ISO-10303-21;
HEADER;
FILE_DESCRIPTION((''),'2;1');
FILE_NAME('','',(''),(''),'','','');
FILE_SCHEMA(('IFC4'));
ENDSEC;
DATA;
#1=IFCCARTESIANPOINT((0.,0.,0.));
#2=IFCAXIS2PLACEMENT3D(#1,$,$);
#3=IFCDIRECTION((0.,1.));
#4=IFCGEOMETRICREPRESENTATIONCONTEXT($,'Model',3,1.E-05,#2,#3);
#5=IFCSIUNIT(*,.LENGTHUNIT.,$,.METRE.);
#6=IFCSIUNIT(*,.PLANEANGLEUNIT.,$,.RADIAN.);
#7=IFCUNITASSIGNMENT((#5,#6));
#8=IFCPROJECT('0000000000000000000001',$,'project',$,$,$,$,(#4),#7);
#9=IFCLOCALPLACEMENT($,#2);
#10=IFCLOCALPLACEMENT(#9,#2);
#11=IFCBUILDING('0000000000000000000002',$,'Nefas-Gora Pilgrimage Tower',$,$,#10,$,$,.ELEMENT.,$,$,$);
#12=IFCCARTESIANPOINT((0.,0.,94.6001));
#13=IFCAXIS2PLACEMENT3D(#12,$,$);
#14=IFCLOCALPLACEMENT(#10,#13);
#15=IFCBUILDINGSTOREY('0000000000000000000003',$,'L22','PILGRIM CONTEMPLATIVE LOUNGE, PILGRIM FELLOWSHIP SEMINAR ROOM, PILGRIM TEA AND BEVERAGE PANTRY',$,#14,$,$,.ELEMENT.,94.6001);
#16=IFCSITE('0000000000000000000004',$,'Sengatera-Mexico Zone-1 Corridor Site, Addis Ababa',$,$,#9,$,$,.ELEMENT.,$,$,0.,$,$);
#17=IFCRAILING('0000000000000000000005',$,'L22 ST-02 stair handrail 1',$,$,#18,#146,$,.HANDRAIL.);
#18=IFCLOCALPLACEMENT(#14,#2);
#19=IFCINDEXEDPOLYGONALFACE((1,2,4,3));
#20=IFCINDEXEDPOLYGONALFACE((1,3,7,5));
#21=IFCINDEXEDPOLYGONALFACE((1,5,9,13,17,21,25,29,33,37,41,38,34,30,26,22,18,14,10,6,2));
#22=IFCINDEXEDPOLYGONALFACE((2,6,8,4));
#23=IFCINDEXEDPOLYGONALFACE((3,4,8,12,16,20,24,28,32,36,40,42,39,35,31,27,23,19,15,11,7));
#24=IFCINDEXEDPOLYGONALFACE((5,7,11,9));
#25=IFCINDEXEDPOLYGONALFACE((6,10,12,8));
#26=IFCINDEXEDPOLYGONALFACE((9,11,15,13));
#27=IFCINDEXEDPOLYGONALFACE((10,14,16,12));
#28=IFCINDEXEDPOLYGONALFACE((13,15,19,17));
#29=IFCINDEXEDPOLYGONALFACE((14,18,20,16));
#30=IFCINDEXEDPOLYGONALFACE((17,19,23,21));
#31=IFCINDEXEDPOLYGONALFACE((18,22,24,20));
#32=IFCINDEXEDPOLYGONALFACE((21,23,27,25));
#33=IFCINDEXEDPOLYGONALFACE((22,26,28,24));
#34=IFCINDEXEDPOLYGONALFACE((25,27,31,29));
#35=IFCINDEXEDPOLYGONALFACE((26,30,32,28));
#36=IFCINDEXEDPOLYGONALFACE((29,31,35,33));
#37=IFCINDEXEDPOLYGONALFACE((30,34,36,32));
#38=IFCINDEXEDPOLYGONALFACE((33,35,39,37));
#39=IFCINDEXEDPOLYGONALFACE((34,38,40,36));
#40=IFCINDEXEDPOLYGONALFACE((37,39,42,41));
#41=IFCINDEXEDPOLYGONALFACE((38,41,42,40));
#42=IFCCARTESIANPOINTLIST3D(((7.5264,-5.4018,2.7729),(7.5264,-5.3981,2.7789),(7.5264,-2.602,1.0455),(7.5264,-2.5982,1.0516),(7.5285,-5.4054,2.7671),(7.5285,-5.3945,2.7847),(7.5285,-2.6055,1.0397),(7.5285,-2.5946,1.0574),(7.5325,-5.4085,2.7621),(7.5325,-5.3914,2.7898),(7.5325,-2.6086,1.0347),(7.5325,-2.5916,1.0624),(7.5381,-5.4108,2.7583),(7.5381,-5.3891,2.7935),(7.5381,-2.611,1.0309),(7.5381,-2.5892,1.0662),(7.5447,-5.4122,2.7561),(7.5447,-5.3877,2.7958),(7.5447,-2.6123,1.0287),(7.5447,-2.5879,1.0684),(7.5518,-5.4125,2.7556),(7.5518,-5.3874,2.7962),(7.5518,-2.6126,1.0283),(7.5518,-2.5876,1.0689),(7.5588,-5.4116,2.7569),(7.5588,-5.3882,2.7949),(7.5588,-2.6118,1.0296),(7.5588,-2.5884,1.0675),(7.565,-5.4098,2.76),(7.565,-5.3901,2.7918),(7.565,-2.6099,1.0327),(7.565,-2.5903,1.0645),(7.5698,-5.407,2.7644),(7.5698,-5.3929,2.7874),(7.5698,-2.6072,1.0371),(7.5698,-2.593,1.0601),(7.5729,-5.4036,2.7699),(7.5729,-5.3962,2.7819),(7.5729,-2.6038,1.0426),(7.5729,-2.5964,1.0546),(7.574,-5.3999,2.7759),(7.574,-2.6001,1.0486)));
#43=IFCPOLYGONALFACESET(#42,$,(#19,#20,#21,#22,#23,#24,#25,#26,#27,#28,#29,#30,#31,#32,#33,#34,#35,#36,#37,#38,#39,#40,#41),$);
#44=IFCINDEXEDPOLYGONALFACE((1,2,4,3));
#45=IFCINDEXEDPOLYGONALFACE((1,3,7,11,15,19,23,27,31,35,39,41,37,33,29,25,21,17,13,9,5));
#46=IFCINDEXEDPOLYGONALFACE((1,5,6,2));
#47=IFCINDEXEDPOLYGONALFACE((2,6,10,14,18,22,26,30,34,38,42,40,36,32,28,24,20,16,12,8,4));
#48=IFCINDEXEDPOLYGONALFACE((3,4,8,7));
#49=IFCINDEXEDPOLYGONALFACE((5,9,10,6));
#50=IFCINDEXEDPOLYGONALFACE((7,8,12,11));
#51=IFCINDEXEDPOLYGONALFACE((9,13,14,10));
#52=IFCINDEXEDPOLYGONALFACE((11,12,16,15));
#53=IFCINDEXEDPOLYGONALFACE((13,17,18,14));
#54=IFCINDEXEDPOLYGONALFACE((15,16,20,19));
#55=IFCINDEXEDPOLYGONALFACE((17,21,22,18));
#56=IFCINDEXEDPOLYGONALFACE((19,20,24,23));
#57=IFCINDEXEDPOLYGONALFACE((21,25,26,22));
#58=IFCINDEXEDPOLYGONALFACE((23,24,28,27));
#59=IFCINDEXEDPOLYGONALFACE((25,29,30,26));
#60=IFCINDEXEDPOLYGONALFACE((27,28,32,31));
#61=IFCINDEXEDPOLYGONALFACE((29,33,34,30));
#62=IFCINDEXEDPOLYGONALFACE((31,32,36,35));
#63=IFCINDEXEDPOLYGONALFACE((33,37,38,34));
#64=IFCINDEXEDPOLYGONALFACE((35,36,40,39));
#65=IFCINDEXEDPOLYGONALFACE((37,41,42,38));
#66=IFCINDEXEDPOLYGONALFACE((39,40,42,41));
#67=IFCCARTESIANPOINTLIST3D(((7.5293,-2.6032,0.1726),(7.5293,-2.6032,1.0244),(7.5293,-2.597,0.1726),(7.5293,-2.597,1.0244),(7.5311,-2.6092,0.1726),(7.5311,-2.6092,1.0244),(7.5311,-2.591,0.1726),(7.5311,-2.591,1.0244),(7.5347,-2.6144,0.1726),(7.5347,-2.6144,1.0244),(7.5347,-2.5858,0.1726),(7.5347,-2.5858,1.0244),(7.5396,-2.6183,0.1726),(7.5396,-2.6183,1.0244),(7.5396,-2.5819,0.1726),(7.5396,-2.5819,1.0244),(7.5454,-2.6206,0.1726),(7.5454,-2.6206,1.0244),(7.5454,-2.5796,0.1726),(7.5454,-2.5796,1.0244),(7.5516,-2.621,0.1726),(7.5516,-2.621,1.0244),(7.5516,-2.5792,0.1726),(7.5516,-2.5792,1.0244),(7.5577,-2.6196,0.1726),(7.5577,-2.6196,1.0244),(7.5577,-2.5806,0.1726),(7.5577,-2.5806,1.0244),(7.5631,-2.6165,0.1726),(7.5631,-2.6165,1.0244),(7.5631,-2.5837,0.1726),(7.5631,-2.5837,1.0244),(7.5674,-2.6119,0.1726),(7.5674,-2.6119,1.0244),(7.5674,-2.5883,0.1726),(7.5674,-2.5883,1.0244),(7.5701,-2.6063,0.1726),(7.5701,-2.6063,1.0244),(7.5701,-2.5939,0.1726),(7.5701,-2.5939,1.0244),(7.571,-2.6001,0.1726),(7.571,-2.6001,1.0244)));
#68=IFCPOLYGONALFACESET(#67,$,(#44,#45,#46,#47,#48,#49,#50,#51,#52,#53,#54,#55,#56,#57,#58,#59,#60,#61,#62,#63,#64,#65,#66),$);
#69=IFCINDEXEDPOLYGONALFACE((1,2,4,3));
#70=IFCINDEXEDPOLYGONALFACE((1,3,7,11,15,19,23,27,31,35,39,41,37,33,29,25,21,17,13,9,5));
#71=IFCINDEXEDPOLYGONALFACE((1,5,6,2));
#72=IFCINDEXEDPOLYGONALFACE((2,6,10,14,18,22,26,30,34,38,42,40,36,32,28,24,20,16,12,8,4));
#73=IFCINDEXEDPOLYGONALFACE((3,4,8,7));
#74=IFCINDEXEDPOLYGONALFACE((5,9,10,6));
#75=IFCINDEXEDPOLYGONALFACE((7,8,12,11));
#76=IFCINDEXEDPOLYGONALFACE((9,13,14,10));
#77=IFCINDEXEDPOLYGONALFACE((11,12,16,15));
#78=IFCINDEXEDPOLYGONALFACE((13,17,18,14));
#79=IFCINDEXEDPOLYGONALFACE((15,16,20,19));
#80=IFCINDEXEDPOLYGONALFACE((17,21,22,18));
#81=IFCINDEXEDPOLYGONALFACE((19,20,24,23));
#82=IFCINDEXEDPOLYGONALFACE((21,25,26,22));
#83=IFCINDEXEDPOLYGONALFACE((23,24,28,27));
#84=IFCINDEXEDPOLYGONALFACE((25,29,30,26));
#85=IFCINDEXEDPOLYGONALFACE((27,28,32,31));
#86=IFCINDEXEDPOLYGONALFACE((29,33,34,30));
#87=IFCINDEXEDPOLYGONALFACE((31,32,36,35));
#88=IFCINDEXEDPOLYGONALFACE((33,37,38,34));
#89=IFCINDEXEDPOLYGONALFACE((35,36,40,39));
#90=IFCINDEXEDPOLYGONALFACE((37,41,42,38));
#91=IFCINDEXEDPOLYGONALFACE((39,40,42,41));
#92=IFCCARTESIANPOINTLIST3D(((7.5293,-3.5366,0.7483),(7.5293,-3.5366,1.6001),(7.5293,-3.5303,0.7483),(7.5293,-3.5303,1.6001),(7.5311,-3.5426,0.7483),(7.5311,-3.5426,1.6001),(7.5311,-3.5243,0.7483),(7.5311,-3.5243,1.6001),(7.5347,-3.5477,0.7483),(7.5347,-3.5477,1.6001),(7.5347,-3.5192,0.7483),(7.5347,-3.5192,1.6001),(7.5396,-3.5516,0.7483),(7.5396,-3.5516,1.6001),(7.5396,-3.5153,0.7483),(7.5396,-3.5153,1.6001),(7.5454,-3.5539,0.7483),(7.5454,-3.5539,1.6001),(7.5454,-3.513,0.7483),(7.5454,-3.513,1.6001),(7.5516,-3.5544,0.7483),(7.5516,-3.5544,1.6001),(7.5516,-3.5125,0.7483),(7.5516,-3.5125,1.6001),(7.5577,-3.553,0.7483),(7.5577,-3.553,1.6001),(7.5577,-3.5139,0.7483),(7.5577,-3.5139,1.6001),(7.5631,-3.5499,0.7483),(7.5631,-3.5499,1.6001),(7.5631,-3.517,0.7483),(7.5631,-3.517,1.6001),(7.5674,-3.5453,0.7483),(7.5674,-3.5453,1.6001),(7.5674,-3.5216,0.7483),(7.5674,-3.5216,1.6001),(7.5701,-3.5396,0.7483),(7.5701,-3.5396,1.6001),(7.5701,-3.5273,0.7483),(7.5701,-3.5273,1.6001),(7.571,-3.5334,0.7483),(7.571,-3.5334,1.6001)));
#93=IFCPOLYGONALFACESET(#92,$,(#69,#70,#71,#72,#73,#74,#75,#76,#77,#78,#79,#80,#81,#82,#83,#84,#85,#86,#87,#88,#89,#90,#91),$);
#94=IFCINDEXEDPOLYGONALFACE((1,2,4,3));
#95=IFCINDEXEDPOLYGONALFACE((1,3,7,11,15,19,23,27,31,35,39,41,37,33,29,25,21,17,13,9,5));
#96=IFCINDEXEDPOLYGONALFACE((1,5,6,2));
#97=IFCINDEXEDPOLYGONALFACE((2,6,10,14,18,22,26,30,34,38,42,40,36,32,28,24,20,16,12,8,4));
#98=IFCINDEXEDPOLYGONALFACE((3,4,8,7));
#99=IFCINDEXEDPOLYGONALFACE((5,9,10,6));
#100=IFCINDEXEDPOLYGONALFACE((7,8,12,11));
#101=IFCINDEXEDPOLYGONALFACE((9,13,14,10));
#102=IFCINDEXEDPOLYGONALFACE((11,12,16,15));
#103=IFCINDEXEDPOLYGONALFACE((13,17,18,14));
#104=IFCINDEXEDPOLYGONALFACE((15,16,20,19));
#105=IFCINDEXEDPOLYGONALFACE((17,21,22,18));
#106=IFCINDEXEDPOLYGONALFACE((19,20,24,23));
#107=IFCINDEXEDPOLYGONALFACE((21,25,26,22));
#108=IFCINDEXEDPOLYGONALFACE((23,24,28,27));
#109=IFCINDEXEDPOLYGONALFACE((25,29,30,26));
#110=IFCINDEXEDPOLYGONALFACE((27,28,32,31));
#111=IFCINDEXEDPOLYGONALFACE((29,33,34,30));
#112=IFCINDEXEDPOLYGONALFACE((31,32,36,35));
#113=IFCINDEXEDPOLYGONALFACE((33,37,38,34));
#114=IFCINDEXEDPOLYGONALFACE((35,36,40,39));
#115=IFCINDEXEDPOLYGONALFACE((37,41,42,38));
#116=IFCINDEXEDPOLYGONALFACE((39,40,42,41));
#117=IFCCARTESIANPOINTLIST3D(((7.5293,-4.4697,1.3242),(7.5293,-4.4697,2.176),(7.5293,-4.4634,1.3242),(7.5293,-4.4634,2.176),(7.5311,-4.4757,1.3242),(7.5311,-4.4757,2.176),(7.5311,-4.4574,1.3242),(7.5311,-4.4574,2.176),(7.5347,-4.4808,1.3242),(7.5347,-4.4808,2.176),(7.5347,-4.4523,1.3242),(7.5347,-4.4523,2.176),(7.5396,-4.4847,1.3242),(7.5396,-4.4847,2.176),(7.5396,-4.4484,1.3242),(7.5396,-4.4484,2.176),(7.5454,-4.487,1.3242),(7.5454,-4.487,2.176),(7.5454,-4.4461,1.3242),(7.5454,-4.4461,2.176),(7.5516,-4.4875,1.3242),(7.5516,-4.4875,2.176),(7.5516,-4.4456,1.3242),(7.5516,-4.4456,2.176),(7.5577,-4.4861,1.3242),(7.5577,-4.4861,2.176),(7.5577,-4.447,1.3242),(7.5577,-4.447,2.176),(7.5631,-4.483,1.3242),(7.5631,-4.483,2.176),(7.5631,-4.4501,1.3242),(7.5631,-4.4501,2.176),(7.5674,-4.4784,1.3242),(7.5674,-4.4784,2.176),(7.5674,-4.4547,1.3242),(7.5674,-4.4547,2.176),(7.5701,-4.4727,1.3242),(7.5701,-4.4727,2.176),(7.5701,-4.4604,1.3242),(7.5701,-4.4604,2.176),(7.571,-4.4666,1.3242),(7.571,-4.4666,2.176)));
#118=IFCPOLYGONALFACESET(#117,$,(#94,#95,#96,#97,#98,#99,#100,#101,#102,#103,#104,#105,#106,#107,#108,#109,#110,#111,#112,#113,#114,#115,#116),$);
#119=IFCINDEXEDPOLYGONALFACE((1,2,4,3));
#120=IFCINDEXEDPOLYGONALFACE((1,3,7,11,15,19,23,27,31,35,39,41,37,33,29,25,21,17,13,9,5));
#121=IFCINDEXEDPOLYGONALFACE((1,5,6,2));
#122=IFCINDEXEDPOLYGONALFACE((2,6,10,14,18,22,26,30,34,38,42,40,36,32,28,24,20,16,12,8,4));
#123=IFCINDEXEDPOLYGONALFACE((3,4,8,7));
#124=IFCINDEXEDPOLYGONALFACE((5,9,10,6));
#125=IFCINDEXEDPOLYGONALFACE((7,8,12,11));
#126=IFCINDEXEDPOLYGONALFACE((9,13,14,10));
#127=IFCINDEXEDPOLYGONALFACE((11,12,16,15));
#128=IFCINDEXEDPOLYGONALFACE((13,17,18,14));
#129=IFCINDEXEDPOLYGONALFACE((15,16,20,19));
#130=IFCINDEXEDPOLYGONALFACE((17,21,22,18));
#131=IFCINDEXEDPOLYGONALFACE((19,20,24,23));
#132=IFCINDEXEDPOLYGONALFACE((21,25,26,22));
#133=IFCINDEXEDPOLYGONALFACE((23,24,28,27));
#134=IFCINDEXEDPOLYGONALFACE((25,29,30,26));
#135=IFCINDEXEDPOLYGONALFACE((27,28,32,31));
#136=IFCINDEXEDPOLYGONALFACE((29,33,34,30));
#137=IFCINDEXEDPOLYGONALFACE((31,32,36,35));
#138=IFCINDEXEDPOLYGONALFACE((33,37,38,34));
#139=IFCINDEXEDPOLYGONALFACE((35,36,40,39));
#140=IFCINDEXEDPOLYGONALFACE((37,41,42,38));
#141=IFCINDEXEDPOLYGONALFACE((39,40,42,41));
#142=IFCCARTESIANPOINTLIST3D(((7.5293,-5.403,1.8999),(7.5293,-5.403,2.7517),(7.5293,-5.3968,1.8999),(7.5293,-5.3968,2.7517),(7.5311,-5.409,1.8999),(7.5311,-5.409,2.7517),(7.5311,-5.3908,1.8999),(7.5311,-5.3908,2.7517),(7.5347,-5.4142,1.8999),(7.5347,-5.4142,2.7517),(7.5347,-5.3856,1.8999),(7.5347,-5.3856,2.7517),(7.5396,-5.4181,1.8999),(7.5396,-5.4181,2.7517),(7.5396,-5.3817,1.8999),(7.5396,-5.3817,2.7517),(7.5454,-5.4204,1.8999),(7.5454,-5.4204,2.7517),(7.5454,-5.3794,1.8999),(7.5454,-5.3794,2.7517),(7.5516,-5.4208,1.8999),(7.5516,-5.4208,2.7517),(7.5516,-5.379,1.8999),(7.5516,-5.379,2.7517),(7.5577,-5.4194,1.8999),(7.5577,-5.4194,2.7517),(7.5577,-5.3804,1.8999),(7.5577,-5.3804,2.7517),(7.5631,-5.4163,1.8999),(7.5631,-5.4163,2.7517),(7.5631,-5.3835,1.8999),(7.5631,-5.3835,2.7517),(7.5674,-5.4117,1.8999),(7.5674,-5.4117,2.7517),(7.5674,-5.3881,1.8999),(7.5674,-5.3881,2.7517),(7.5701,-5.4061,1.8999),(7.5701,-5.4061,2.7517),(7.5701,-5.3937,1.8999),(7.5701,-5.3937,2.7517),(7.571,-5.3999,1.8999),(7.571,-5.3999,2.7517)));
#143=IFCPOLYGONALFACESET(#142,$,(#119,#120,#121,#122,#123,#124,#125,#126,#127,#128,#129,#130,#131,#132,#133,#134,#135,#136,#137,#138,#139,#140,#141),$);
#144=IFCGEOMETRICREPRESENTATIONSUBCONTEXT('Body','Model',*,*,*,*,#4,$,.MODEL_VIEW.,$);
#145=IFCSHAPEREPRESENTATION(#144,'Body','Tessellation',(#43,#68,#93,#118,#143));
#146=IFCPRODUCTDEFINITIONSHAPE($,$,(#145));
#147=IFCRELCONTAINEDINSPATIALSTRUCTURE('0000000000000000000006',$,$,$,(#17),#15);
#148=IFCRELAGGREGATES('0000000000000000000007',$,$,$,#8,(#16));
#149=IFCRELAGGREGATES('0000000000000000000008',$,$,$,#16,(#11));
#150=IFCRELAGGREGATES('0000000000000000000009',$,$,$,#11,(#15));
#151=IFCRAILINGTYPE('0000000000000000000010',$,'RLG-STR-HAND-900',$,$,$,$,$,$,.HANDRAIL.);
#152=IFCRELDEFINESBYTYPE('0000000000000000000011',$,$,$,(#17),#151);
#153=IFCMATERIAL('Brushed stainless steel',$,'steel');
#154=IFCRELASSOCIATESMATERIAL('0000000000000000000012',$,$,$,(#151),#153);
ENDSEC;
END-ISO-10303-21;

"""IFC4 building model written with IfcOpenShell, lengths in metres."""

from ifc_helpers import new_model, si_unit, direction, frame, origin, origin_2d, place, context, subcontext, project, spatial, circle, extrude, material, type_object, element, save


model = new_model("IFC4")

# Units and contexts
model_context = context("Model", 3, precision=1e-05, world=origin(), true_north=direction((0.0, 1.0)))
body_context = subcontext(model_context, "Body", "Model", "MODEL_VIEW")
ifc_project = project(units=[si_unit("LENGTHUNIT", "METRE"), si_unit("PLANEANGLEUNIT", "RADIAN")], contexts=[model_context])

# Site, building, storey
site_placement = place(None, origin())
site = spatial("IfcSite", under=ifc_project, at=site_placement, Name="Sengatera-Mexico Zone-1 Corridor Site, Addis Ababa", CompositionType="ELEMENT", RefElevation=0.0)
building_placement = place(site_placement, origin())
building = spatial("IfcBuilding", under=site, at=building_placement, Name="Nefas-Gora Pilgrimage Tower", CompositionType="ELEMENT")
storey_placement = place(building_placement, frame((0.0, 0.0, 94.6001)))
storey = spatial("IfcBuildingStorey", under=building, at=storey_placement, Name="L22", Description="PILGRIM CONTEMPLATIVE LOUNGE, PILGRIM FELLOWSHIP SEMINAR ROOM, PILGRIM TEA AND BEVERAGE PANTRY", CompositionType="ELEMENT", Elevation=94.6001)

# Railing
ifc_material_1 = material(Name="Brushed stainless steel", Category="steel")
railing_type_1 = type_object("IfcRailingType", Name="RLG-STR-HAND-900", PredefinedType="HANDRAIL", material=ifc_material_1)
railing_1_placement = place(storey_placement, frame((7.55, -2.6001, 0.1726)))
element("IfcRailing", 1, at=railing_1_placement, inside=storey, type_object=railing_type_1, Name="L22 ST-02 stair handrail 1", PredefinedType="HANDRAIL", context=body_context, shape_type="SweptSolid", body=[
    extrude(circle(Radius=0.0239, at=origin_2d()), frame((0.0, 0.0, 0.876), z_axis=(0.0, -0.851069, 0.525054), x_axis=(1.0, 0.0, 0.0)), (0.0, 0.0, 1.0), 3.2898),
    extrude(circle(Radius=0.021, at=origin_2d()), origin(), (0.0, 0.0, 1.0), 0.8518),
    extrude(circle(Radius=0.021, at=origin_2d()), frame((0.0, -0.9333, 0.5757)), (0.0, 0.0, 1.0), 0.8518),
    extrude(circle(Radius=0.021, at=origin_2d()), frame((0.0, -1.8665, 1.1516)), (0.0, 0.0, 1.0), 0.8518),
    extrude(circle(Radius=0.021, at=origin_2d()), frame((0.0, -2.7998, 1.7273)), (0.0, 0.0, 1.0), 0.8518),
])

save(model, "model.ifc")
